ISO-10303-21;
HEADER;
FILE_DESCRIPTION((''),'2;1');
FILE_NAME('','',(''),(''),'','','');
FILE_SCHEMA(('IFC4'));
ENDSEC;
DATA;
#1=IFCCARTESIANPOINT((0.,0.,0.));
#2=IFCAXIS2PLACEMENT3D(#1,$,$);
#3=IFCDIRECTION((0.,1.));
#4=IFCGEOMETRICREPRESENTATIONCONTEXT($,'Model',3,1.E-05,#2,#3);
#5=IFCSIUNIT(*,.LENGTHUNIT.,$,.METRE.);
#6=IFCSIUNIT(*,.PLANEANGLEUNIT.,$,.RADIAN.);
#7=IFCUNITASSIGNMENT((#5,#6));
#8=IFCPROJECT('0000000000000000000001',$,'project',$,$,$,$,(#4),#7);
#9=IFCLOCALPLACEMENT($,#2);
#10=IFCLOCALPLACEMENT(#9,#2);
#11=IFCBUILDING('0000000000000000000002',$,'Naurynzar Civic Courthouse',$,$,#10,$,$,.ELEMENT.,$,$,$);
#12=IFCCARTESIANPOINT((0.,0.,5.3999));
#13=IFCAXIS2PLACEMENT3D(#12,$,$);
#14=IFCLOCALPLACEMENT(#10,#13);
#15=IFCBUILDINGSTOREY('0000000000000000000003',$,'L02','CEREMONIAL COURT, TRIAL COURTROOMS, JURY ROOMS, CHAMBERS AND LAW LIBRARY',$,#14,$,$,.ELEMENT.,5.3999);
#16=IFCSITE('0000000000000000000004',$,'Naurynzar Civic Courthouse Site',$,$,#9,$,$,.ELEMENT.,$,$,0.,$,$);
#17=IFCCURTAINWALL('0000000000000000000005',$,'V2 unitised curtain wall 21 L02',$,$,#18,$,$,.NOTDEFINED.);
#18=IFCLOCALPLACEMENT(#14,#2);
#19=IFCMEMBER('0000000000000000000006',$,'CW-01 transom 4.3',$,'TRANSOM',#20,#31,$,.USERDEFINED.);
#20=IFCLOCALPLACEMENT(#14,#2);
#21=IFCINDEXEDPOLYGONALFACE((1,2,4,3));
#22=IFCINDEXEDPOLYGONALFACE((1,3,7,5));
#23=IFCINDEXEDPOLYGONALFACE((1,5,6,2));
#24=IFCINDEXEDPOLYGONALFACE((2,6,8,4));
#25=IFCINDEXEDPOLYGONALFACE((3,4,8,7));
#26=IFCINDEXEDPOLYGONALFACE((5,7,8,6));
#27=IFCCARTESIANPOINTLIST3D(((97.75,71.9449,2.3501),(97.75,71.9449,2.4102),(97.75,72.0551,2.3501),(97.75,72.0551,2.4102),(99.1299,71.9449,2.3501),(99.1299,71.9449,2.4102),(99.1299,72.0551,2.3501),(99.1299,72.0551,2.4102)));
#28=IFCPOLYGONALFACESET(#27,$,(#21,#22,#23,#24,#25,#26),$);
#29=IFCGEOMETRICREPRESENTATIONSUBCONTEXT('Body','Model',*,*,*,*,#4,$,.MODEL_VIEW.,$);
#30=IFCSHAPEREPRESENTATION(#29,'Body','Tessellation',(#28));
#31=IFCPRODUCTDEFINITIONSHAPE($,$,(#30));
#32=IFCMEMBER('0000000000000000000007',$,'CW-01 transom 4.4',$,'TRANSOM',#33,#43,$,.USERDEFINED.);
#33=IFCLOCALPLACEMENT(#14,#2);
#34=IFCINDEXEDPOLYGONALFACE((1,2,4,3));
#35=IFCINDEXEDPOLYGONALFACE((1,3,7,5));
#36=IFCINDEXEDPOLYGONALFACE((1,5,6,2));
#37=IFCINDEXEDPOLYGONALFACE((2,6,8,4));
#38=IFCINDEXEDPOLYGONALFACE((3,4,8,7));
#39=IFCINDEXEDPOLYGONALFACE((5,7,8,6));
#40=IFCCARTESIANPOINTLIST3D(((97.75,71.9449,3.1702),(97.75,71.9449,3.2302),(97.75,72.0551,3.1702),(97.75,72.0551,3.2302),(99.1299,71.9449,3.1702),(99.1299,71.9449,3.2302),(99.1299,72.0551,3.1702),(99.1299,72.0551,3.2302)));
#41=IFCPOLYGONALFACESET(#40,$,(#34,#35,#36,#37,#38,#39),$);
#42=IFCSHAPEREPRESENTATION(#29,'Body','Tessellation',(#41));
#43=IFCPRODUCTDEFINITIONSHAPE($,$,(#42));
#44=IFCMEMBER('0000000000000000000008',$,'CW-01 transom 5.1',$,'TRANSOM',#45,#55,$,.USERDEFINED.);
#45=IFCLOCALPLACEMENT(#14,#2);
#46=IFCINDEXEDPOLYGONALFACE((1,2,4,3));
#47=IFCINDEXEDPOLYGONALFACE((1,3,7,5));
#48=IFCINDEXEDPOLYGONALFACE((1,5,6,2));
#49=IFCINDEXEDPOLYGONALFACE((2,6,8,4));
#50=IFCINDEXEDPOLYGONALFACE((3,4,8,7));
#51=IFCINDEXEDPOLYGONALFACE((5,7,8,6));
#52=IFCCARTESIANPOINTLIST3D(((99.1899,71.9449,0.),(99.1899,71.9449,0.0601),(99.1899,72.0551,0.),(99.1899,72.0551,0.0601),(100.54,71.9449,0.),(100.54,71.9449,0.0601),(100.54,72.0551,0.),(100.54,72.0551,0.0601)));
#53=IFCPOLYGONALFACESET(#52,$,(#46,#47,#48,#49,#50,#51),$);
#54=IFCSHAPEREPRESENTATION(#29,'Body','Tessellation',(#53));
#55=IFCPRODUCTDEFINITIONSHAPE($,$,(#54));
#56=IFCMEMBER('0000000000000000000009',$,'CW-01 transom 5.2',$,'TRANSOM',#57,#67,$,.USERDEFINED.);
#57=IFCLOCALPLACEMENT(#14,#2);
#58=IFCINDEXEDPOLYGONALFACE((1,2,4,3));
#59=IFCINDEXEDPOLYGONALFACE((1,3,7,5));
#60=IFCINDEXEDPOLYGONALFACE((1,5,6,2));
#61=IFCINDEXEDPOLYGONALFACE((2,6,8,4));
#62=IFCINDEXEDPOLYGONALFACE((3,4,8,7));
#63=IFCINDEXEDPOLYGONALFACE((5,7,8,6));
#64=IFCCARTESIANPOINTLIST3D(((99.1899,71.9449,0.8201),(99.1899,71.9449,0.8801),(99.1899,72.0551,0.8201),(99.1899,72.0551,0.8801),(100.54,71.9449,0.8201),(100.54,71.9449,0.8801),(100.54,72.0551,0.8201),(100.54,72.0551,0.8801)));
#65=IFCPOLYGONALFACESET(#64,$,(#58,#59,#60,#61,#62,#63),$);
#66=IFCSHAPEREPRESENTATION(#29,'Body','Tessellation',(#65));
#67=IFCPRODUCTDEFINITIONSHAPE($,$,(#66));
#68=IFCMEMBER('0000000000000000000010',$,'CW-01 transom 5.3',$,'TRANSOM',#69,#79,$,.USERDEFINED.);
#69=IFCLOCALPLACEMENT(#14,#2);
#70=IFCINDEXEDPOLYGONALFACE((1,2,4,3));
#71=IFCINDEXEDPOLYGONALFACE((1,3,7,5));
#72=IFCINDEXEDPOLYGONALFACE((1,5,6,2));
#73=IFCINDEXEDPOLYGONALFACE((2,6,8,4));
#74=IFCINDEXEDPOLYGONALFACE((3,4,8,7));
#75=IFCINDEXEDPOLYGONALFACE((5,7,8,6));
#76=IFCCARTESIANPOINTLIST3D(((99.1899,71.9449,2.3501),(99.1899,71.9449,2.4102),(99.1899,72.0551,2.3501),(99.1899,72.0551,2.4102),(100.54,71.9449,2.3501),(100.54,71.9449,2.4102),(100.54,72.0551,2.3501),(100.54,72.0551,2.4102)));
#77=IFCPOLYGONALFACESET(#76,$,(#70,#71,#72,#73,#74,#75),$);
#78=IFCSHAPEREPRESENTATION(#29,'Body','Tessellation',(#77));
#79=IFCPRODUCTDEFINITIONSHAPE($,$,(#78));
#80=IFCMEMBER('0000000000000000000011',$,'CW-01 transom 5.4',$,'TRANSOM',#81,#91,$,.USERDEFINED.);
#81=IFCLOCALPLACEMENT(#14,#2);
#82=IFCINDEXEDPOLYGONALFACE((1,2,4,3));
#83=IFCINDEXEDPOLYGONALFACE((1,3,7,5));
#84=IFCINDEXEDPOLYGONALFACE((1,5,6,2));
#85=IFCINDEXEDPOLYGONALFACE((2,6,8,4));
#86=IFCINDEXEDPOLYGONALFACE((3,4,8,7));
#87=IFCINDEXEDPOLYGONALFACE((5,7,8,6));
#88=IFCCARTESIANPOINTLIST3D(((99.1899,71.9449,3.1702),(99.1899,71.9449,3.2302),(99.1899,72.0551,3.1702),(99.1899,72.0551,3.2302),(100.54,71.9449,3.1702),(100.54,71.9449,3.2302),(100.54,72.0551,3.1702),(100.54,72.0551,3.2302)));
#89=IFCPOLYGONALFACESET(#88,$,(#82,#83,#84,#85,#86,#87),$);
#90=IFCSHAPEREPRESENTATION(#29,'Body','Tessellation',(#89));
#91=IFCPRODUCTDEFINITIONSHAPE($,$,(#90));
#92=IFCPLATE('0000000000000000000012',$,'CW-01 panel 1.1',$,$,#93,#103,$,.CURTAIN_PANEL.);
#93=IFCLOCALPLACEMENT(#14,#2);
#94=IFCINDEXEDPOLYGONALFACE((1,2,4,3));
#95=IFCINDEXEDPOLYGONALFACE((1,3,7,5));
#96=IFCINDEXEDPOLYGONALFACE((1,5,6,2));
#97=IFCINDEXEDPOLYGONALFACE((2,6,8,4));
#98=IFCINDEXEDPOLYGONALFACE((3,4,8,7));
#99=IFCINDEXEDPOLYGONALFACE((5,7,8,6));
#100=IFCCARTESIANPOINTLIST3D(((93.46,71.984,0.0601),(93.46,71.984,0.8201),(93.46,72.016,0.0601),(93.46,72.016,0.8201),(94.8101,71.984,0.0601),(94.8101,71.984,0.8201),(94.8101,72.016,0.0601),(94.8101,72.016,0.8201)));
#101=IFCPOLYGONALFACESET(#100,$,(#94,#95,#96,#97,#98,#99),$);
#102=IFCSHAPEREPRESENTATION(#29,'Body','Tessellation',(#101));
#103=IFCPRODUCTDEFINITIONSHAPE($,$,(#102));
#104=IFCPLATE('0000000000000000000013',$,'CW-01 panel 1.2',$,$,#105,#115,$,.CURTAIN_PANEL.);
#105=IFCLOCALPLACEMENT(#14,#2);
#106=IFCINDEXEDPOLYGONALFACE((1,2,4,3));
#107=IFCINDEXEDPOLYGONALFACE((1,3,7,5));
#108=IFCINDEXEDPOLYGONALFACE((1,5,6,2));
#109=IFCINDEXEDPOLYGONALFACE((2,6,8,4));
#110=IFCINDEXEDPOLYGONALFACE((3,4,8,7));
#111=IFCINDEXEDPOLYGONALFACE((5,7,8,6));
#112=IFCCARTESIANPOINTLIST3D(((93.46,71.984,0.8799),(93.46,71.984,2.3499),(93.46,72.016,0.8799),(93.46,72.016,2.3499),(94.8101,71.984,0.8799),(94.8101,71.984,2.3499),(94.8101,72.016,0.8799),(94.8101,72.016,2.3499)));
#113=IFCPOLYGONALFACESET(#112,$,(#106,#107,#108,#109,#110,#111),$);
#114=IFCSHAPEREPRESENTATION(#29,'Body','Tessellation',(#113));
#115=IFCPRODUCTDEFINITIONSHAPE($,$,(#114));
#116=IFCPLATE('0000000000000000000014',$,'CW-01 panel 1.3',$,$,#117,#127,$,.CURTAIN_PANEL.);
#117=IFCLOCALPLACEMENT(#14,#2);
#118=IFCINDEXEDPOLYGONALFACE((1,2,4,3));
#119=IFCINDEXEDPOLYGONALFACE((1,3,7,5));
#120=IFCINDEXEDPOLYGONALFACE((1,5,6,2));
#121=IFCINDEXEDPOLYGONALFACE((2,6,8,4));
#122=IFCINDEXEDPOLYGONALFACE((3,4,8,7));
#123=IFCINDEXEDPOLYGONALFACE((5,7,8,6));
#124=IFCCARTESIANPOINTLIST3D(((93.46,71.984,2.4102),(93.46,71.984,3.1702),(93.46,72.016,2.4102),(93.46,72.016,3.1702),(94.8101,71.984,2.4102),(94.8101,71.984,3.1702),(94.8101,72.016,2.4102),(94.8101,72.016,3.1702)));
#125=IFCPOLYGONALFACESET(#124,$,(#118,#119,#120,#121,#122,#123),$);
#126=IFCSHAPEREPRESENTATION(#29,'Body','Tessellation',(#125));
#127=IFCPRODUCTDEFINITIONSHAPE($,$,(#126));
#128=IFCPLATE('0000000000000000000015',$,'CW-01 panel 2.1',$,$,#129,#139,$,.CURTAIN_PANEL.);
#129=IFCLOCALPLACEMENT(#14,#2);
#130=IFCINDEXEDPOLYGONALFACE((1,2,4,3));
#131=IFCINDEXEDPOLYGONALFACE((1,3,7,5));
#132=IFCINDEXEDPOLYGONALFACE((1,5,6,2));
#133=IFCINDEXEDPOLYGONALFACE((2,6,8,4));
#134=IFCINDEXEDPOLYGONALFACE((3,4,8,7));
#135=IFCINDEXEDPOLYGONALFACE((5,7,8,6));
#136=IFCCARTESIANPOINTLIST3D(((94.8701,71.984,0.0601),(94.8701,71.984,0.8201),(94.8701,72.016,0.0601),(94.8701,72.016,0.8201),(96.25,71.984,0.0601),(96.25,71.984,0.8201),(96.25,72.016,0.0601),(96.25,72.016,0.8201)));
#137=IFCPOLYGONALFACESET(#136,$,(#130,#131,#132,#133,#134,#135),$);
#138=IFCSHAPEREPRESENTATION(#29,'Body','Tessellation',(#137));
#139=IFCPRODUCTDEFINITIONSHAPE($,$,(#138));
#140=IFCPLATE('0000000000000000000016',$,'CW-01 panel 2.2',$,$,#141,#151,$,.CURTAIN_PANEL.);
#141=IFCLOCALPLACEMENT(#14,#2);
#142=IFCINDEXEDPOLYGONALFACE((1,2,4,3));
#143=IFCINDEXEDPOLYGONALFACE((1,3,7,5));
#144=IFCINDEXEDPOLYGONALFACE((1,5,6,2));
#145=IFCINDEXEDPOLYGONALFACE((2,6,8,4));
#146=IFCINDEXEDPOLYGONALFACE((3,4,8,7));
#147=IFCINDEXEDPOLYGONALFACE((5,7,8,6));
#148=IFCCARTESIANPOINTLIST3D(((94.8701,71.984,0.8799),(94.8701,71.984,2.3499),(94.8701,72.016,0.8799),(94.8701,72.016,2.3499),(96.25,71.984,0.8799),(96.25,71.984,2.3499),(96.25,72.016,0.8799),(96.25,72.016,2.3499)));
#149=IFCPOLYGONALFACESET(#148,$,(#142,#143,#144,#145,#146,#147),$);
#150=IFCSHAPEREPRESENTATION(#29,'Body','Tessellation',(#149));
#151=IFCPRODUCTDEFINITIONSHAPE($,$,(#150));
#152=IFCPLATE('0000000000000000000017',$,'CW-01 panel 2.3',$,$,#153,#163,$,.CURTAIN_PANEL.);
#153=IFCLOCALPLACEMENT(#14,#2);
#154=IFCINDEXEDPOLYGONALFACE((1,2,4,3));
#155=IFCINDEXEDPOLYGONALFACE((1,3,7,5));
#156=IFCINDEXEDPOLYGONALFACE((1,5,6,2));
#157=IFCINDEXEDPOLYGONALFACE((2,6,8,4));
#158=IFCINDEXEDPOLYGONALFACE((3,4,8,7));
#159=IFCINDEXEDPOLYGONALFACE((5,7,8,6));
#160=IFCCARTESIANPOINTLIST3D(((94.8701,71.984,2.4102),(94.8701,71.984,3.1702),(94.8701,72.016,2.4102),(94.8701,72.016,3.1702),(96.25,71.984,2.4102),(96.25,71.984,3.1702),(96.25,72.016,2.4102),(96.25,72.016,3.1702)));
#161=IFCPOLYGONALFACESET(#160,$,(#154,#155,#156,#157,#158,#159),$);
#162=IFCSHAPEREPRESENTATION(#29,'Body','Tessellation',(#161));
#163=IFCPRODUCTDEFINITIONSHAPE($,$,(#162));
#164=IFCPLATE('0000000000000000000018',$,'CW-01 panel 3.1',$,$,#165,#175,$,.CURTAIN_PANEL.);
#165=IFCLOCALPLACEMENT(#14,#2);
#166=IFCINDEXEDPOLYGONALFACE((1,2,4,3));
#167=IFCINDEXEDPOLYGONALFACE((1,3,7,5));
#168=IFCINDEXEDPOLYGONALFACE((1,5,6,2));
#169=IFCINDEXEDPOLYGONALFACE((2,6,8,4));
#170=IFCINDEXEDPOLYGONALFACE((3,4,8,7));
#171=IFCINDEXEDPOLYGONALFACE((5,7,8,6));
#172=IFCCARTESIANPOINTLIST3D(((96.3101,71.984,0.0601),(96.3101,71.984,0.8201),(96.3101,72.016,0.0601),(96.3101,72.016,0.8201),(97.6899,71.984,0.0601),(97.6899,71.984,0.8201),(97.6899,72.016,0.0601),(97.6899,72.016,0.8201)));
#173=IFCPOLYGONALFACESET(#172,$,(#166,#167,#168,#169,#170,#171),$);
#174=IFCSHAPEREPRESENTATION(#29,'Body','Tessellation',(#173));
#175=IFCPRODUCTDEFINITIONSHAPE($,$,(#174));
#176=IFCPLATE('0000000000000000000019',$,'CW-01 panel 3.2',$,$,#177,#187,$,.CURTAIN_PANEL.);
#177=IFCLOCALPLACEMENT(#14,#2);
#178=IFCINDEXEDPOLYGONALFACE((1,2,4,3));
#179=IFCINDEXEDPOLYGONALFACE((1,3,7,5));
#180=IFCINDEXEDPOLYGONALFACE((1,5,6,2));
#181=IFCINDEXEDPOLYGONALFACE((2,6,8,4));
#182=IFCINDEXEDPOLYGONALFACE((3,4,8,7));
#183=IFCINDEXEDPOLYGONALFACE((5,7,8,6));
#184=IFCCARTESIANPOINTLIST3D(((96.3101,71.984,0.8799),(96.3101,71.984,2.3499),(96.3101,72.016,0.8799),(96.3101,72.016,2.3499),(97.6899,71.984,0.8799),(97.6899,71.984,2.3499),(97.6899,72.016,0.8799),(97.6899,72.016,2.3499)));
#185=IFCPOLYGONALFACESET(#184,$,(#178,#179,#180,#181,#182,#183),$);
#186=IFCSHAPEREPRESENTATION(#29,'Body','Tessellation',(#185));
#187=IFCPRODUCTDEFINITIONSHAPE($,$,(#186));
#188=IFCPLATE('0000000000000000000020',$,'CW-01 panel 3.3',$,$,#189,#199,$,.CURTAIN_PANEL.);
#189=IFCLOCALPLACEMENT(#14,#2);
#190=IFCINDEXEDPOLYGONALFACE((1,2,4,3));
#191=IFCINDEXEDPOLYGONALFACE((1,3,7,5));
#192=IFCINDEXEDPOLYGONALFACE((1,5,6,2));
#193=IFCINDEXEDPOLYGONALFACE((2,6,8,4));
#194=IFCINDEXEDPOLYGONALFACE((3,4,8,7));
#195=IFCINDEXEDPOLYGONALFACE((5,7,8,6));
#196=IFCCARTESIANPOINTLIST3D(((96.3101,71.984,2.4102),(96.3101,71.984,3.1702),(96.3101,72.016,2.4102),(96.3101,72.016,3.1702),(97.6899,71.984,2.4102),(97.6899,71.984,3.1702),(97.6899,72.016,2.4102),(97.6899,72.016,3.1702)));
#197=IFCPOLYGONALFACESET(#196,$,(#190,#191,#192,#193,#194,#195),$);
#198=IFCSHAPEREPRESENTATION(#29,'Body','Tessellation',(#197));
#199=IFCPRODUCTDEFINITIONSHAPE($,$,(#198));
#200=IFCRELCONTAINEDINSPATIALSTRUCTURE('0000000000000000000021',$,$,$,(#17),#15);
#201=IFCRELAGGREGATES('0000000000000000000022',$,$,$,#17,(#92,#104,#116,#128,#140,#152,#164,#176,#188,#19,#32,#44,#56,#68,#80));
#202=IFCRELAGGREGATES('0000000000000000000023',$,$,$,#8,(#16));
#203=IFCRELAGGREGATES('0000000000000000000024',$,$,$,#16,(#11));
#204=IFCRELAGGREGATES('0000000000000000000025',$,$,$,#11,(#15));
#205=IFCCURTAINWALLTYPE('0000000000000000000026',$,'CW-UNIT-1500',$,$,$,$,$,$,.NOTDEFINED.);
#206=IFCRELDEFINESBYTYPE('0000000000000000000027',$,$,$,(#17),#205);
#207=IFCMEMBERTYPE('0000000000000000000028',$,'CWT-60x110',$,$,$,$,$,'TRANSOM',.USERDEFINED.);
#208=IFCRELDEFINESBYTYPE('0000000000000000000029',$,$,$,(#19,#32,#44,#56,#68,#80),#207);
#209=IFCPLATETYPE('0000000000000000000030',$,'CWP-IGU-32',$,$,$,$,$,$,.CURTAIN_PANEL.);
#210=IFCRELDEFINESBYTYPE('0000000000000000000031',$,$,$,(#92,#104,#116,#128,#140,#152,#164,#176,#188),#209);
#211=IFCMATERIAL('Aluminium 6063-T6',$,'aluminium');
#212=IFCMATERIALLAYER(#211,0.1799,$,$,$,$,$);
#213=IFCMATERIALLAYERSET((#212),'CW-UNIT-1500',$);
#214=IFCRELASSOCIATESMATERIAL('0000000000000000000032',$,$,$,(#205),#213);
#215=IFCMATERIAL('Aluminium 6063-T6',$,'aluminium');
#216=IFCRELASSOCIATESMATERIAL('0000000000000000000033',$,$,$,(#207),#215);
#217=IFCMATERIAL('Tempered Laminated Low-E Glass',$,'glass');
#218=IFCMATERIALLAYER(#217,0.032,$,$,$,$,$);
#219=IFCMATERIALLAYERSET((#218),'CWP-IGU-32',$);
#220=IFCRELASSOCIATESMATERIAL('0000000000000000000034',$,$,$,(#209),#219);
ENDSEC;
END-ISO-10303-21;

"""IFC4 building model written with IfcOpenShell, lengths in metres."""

from ifc_helpers import new_model, si_unit, direction, frame, origin, origin_2d, place, context, subcontext, project, spatial, rectangle, extrude, material, layer, layer_set, material_profile, profile_set, type_object, element, aggregate, save


model = new_model("IFC4")

# Units and contexts
model_context = context("Model", 3, precision=1e-05, world=origin(), true_north=direction((0.0, 1.0)))
body_context = subcontext(model_context, "Body", "Model", "MODEL_VIEW")
ifc_project = project(units=[si_unit("LENGTHUNIT", "METRE"), si_unit("PLANEANGLEUNIT", "RADIAN")], contexts=[model_context])

# Site, building, storey
site_placement = place(None, origin())
site = spatial("IfcSite", under=ifc_project, at=site_placement, Name="Naurynzar Civic Courthouse Site", CompositionType="ELEMENT", RefElevation=0.0)
building_placement = place(site_placement, origin())
building = spatial("IfcBuilding", under=site, at=building_placement, Name="Naurynzar Civic Courthouse", CompositionType="ELEMENT")
storey_placement = place(building_placement, frame((0.0, 0.0, 5.3999)))
storey = spatial("IfcBuildingStorey", under=building, at=storey_placement, Name="L02", Description="CEREMONIAL COURT, TRIAL COURTROOMS, JURY ROOMS, CHAMBERS AND LAW LIBRARY", CompositionType="ELEMENT", Elevation=5.3999)

# Curtain wall, members, plates
ifc_material_1 = material(Name="Aluminium 6063-T6", Category="aluminium")
ifc_layer_1 = layer(ifc_material_1, 0.1799)
ifc_layer_set_1 = layer_set([ifc_layer_1], Name="CW-UNIT-1500")
curtain_wall_type = type_object("IfcCurtainWallType", Name="CW-UNIT-1500", PredefinedType="NOTDEFINED", material=ifc_layer_set_1)
curtain_wall_placement = place(storey_placement, origin())
curtain_wall = element("IfcCurtainWall", 1, at=curtain_wall_placement, inside=storey, type_object=curtain_wall_type, Name="V2 unitised curtain wall 21 L02", PredefinedType="NOTDEFINED")
ifc_material_2 = material(Name="Aluminium 6063-T6", Category="aluminium")
ifc_material_profile_1 = material_profile(ifc_material_2, rectangle(XDim=0.1101, YDim=0.0601, at=origin_2d()), Name="ALU TRANSOM 60x110")
ifc_profile_set_1 = profile_set([ifc_material_profile_1], Name="Aluminium 6063-T6")
member_type_1 = type_object("IfcMemberType", Name="CWT-60x110", ElementType="TRANSOM", PredefinedType="USERDEFINED", material=ifc_profile_set_1)
member_1_placement = place(storey_placement, frame((97.75, 72.0, 2.3801), z_axis=(1.0, 0.0, 0.0), x_axis=(0.0, 1.0, 0.0)))
member_1 = element("IfcMember", 2, at=member_1_placement, type_object=member_type_1, Name="CW-01 transom 4.3", ObjectType="TRANSOM", PredefinedType="USERDEFINED", context=body_context, shape_type="SweptSolid", body=[
    extrude(rectangle(XDim=0.1101, YDim=0.0601, at=origin_2d()), origin(), (0.0, 0.0, 1.0), 1.3799),
])
member_2_placement = place(storey_placement, frame((97.75, 72.0, 3.2002), z_axis=(1.0, 0.0, 0.0), x_axis=(0.0, 1.0, 0.0)))
member_2 = element("IfcMember", 3, at=member_2_placement, type_object=member_type_1, Name="CW-01 transom 4.4", ObjectType="TRANSOM", PredefinedType="USERDEFINED", context=body_context, shape_type="SweptSolid", body=[
    extrude(rectangle(XDim=0.1101, YDim=0.0601, at=origin_2d()), origin(), (0.0, 0.0, 1.0), 1.3799),
])
member_3_placement = place(storey_placement, frame((99.1899, 72.0, 0.03), z_axis=(1.0, 0.0, 0.0), x_axis=(0.0, 1.0, 0.0)))
member_3 = element("IfcMember", 4, at=member_3_placement, type_object=member_type_1, Name="CW-01 transom 5.1", ObjectType="TRANSOM", PredefinedType="USERDEFINED", context=body_context, shape_type="SweptSolid", body=[
    extrude(rectangle(XDim=0.1101, YDim=0.0601, at=origin_2d()), origin(), (0.0, 0.0, 1.0), 1.3501),
])
member_4_placement = place(storey_placement, frame((99.1899, 72.0, 0.8501), z_axis=(1.0, 0.0, 0.0), x_axis=(0.0, 1.0, 0.0)))
member_4 = element("IfcMember", 5, at=member_4_placement, type_object=member_type_1, Name="CW-01 transom 5.2", ObjectType="TRANSOM", PredefinedType="USERDEFINED", context=body_context, shape_type="SweptSolid", body=[
    extrude(rectangle(XDim=0.1101, YDim=0.0601, at=origin_2d()), origin(), (0.0, 0.0, 1.0), 1.3501),
])
member_5_placement = place(storey_placement, frame((99.1899, 72.0, 2.3801), z_axis=(1.0, 0.0, 0.0), x_axis=(0.0, 1.0, 0.0)))
member_5 = element("IfcMember", 6, at=member_5_placement, type_object=member_type_1, Name="CW-01 transom 5.3", ObjectType="TRANSOM", PredefinedType="USERDEFINED", context=body_context, shape_type="SweptSolid", body=[
    extrude(rectangle(XDim=0.1101, YDim=0.0601, at=origin_2d()), origin(), (0.0, 0.0, 1.0), 1.3501),
])
member_6_placement = place(storey_placement, frame((99.1899, 72.0, 3.2002), z_axis=(1.0, 0.0, 0.0), x_axis=(0.0, 1.0, 0.0)))
member_6 = element("IfcMember", 7, at=member_6_placement, type_object=member_type_1, Name="CW-01 transom 5.4", ObjectType="TRANSOM", PredefinedType="USERDEFINED", context=body_context, shape_type="SweptSolid", body=[
    extrude(rectangle(XDim=0.1101, YDim=0.0601, at=origin_2d()), origin(), (0.0, 0.0, 1.0), 1.3501),
])
ifc_material_3 = material(Name="Tempered Laminated Low-E Glass", Category="glass")
ifc_layer_2 = layer(ifc_material_3, 0.032)
ifc_layer_set_2 = layer_set([ifc_layer_2], Name="CWP-IGU-32")
plate_type = type_object("IfcPlateType", Name="CWP-IGU-32", PredefinedType="CURTAIN_PANEL", material=ifc_layer_set_2)
plate_1_placement = place(storey_placement, frame((94.135, 72.0, 0.0601), z_axis=(0.0, 0.0, 1.0), x_axis=(1.0, 0.0, 0.0)))
plate_1 = element("IfcPlate", 8, at=plate_1_placement, type_object=plate_type, Name="CW-01 panel 1.1", PredefinedType="CURTAIN_PANEL", context=body_context, shape_type="SweptSolid", body=[
    extrude(rectangle(XDim=1.3501, YDim=0.032, at=origin_2d()), origin(), (0.0, 0.0, 1.0), 0.76),
])
plate_2_placement = place(storey_placement, frame((94.135, 72.0, 0.8799), z_axis=(0.0, 0.0, 1.0), x_axis=(1.0, 0.0, 0.0)))
plate_2 = element("IfcPlate", 9, at=plate_2_placement, type_object=plate_type, Name="CW-01 panel 1.2", PredefinedType="CURTAIN_PANEL", context=body_context, shape_type="SweptSolid", body=[
    extrude(rectangle(XDim=1.3501, YDim=0.032, at=origin_2d()), origin(), (0.0, 0.0, 1.0), 1.47),
])
plate_3_placement = place(storey_placement, frame((94.135, 72.0, 2.4102), z_axis=(0.0, 0.0, 1.0), x_axis=(1.0, 0.0, 0.0)))
plate_3 = element("IfcPlate", 10, at=plate_3_placement, type_object=plate_type, Name="CW-01 panel 1.3", PredefinedType="CURTAIN_PANEL", context=body_context, shape_type="SweptSolid", body=[
    extrude(rectangle(XDim=1.3501, YDim=0.032, at=origin_2d()), origin(), (0.0, 0.0, 1.0), 0.76),
])
plate_4_placement = place(storey_placement, frame((95.5601, 72.0, 0.0601), z_axis=(0.0, 0.0, 1.0), x_axis=(1.0, 0.0, 0.0)))
plate_4 = element("IfcPlate", 11, at=plate_4_placement, type_object=plate_type, Name="CW-01 panel 2.1", PredefinedType="CURTAIN_PANEL", context=body_context, shape_type="SweptSolid", body=[
    extrude(rectangle(XDim=1.3799, YDim=0.032, at=origin_2d()), origin(), (0.0, 0.0, 1.0), 0.76),
])
plate_5_placement = place(storey_placement, frame((95.5601, 72.0, 0.8799), z_axis=(0.0, 0.0, 1.0), x_axis=(1.0, 0.0, 0.0)))
plate_5 = element("IfcPlate", 12, at=plate_5_placement, type_object=plate_type, Name="CW-01 panel 2.2", PredefinedType="CURTAIN_PANEL", context=body_context, shape_type="SweptSolid", body=[
    extrude(rectangle(XDim=1.3799, YDim=0.032, at=origin_2d()), origin(), (0.0, 0.0, 1.0), 1.47),
])
plate_6_placement = place(storey_placement, frame((95.5601, 72.0, 2.4102), z_axis=(0.0, 0.0, 1.0), x_axis=(1.0, 0.0, 0.0)))
plate_6 = element("IfcPlate", 13, at=plate_6_placement, type_object=plate_type, Name="CW-01 panel 2.3", PredefinedType="CURTAIN_PANEL", context=body_context, shape_type="SweptSolid", body=[
    extrude(rectangle(XDim=1.3799, YDim=0.032, at=origin_2d()), origin(), (0.0, 0.0, 1.0), 0.76),
])
plate_7_placement = place(storey_placement, frame((97.0, 72.0, 0.0601), z_axis=(0.0, 0.0, 1.0), x_axis=(1.0, 0.0, 0.0)))
plate_7 = element("IfcPlate", 14, at=plate_7_placement, type_object=plate_type, Name="CW-01 panel 3.1", PredefinedType="CURTAIN_PANEL", context=body_context, shape_type="SweptSolid", body=[
    extrude(rectangle(XDim=1.3799, YDim=0.032, at=origin_2d()), origin(), (0.0, 0.0, 1.0), 0.76),
])
plate_8_placement = place(storey_placement, frame((97.0, 72.0, 0.8799), z_axis=(0.0, 0.0, 1.0), x_axis=(1.0, 0.0, 0.0)))
plate_8 = element("IfcPlate", 15, at=plate_8_placement, type_object=plate_type, Name="CW-01 panel 3.2", PredefinedType="CURTAIN_PANEL", context=body_context, shape_type="SweptSolid", body=[
    extrude(rectangle(XDim=1.3799, YDim=0.032, at=origin_2d()), origin(), (0.0, 0.0, 1.0), 1.47),
])
plate_9_placement = place(storey_placement, frame((97.0, 72.0, 2.4102), z_axis=(0.0, 0.0, 1.0), x_axis=(1.0, 0.0, 0.0)))
plate_9 = element("IfcPlate", 16, at=plate_9_placement, type_object=plate_type, Name="CW-01 panel 3.3", PredefinedType="CURTAIN_PANEL", context=body_context, shape_type="SweptSolid", body=[
    extrude(rectangle(XDim=1.3799, YDim=0.032, at=origin_2d()), origin(), (0.0, 0.0, 1.0), 0.76),
])
aggregate(curtain_wall, [plate_1, plate_2, plate_3, plate_4, plate_5, plate_6, plate_7, plate_8, plate_9, member_1, member_2, member_3, member_4, member_5, member_6])

save(model, "model.ifc")
